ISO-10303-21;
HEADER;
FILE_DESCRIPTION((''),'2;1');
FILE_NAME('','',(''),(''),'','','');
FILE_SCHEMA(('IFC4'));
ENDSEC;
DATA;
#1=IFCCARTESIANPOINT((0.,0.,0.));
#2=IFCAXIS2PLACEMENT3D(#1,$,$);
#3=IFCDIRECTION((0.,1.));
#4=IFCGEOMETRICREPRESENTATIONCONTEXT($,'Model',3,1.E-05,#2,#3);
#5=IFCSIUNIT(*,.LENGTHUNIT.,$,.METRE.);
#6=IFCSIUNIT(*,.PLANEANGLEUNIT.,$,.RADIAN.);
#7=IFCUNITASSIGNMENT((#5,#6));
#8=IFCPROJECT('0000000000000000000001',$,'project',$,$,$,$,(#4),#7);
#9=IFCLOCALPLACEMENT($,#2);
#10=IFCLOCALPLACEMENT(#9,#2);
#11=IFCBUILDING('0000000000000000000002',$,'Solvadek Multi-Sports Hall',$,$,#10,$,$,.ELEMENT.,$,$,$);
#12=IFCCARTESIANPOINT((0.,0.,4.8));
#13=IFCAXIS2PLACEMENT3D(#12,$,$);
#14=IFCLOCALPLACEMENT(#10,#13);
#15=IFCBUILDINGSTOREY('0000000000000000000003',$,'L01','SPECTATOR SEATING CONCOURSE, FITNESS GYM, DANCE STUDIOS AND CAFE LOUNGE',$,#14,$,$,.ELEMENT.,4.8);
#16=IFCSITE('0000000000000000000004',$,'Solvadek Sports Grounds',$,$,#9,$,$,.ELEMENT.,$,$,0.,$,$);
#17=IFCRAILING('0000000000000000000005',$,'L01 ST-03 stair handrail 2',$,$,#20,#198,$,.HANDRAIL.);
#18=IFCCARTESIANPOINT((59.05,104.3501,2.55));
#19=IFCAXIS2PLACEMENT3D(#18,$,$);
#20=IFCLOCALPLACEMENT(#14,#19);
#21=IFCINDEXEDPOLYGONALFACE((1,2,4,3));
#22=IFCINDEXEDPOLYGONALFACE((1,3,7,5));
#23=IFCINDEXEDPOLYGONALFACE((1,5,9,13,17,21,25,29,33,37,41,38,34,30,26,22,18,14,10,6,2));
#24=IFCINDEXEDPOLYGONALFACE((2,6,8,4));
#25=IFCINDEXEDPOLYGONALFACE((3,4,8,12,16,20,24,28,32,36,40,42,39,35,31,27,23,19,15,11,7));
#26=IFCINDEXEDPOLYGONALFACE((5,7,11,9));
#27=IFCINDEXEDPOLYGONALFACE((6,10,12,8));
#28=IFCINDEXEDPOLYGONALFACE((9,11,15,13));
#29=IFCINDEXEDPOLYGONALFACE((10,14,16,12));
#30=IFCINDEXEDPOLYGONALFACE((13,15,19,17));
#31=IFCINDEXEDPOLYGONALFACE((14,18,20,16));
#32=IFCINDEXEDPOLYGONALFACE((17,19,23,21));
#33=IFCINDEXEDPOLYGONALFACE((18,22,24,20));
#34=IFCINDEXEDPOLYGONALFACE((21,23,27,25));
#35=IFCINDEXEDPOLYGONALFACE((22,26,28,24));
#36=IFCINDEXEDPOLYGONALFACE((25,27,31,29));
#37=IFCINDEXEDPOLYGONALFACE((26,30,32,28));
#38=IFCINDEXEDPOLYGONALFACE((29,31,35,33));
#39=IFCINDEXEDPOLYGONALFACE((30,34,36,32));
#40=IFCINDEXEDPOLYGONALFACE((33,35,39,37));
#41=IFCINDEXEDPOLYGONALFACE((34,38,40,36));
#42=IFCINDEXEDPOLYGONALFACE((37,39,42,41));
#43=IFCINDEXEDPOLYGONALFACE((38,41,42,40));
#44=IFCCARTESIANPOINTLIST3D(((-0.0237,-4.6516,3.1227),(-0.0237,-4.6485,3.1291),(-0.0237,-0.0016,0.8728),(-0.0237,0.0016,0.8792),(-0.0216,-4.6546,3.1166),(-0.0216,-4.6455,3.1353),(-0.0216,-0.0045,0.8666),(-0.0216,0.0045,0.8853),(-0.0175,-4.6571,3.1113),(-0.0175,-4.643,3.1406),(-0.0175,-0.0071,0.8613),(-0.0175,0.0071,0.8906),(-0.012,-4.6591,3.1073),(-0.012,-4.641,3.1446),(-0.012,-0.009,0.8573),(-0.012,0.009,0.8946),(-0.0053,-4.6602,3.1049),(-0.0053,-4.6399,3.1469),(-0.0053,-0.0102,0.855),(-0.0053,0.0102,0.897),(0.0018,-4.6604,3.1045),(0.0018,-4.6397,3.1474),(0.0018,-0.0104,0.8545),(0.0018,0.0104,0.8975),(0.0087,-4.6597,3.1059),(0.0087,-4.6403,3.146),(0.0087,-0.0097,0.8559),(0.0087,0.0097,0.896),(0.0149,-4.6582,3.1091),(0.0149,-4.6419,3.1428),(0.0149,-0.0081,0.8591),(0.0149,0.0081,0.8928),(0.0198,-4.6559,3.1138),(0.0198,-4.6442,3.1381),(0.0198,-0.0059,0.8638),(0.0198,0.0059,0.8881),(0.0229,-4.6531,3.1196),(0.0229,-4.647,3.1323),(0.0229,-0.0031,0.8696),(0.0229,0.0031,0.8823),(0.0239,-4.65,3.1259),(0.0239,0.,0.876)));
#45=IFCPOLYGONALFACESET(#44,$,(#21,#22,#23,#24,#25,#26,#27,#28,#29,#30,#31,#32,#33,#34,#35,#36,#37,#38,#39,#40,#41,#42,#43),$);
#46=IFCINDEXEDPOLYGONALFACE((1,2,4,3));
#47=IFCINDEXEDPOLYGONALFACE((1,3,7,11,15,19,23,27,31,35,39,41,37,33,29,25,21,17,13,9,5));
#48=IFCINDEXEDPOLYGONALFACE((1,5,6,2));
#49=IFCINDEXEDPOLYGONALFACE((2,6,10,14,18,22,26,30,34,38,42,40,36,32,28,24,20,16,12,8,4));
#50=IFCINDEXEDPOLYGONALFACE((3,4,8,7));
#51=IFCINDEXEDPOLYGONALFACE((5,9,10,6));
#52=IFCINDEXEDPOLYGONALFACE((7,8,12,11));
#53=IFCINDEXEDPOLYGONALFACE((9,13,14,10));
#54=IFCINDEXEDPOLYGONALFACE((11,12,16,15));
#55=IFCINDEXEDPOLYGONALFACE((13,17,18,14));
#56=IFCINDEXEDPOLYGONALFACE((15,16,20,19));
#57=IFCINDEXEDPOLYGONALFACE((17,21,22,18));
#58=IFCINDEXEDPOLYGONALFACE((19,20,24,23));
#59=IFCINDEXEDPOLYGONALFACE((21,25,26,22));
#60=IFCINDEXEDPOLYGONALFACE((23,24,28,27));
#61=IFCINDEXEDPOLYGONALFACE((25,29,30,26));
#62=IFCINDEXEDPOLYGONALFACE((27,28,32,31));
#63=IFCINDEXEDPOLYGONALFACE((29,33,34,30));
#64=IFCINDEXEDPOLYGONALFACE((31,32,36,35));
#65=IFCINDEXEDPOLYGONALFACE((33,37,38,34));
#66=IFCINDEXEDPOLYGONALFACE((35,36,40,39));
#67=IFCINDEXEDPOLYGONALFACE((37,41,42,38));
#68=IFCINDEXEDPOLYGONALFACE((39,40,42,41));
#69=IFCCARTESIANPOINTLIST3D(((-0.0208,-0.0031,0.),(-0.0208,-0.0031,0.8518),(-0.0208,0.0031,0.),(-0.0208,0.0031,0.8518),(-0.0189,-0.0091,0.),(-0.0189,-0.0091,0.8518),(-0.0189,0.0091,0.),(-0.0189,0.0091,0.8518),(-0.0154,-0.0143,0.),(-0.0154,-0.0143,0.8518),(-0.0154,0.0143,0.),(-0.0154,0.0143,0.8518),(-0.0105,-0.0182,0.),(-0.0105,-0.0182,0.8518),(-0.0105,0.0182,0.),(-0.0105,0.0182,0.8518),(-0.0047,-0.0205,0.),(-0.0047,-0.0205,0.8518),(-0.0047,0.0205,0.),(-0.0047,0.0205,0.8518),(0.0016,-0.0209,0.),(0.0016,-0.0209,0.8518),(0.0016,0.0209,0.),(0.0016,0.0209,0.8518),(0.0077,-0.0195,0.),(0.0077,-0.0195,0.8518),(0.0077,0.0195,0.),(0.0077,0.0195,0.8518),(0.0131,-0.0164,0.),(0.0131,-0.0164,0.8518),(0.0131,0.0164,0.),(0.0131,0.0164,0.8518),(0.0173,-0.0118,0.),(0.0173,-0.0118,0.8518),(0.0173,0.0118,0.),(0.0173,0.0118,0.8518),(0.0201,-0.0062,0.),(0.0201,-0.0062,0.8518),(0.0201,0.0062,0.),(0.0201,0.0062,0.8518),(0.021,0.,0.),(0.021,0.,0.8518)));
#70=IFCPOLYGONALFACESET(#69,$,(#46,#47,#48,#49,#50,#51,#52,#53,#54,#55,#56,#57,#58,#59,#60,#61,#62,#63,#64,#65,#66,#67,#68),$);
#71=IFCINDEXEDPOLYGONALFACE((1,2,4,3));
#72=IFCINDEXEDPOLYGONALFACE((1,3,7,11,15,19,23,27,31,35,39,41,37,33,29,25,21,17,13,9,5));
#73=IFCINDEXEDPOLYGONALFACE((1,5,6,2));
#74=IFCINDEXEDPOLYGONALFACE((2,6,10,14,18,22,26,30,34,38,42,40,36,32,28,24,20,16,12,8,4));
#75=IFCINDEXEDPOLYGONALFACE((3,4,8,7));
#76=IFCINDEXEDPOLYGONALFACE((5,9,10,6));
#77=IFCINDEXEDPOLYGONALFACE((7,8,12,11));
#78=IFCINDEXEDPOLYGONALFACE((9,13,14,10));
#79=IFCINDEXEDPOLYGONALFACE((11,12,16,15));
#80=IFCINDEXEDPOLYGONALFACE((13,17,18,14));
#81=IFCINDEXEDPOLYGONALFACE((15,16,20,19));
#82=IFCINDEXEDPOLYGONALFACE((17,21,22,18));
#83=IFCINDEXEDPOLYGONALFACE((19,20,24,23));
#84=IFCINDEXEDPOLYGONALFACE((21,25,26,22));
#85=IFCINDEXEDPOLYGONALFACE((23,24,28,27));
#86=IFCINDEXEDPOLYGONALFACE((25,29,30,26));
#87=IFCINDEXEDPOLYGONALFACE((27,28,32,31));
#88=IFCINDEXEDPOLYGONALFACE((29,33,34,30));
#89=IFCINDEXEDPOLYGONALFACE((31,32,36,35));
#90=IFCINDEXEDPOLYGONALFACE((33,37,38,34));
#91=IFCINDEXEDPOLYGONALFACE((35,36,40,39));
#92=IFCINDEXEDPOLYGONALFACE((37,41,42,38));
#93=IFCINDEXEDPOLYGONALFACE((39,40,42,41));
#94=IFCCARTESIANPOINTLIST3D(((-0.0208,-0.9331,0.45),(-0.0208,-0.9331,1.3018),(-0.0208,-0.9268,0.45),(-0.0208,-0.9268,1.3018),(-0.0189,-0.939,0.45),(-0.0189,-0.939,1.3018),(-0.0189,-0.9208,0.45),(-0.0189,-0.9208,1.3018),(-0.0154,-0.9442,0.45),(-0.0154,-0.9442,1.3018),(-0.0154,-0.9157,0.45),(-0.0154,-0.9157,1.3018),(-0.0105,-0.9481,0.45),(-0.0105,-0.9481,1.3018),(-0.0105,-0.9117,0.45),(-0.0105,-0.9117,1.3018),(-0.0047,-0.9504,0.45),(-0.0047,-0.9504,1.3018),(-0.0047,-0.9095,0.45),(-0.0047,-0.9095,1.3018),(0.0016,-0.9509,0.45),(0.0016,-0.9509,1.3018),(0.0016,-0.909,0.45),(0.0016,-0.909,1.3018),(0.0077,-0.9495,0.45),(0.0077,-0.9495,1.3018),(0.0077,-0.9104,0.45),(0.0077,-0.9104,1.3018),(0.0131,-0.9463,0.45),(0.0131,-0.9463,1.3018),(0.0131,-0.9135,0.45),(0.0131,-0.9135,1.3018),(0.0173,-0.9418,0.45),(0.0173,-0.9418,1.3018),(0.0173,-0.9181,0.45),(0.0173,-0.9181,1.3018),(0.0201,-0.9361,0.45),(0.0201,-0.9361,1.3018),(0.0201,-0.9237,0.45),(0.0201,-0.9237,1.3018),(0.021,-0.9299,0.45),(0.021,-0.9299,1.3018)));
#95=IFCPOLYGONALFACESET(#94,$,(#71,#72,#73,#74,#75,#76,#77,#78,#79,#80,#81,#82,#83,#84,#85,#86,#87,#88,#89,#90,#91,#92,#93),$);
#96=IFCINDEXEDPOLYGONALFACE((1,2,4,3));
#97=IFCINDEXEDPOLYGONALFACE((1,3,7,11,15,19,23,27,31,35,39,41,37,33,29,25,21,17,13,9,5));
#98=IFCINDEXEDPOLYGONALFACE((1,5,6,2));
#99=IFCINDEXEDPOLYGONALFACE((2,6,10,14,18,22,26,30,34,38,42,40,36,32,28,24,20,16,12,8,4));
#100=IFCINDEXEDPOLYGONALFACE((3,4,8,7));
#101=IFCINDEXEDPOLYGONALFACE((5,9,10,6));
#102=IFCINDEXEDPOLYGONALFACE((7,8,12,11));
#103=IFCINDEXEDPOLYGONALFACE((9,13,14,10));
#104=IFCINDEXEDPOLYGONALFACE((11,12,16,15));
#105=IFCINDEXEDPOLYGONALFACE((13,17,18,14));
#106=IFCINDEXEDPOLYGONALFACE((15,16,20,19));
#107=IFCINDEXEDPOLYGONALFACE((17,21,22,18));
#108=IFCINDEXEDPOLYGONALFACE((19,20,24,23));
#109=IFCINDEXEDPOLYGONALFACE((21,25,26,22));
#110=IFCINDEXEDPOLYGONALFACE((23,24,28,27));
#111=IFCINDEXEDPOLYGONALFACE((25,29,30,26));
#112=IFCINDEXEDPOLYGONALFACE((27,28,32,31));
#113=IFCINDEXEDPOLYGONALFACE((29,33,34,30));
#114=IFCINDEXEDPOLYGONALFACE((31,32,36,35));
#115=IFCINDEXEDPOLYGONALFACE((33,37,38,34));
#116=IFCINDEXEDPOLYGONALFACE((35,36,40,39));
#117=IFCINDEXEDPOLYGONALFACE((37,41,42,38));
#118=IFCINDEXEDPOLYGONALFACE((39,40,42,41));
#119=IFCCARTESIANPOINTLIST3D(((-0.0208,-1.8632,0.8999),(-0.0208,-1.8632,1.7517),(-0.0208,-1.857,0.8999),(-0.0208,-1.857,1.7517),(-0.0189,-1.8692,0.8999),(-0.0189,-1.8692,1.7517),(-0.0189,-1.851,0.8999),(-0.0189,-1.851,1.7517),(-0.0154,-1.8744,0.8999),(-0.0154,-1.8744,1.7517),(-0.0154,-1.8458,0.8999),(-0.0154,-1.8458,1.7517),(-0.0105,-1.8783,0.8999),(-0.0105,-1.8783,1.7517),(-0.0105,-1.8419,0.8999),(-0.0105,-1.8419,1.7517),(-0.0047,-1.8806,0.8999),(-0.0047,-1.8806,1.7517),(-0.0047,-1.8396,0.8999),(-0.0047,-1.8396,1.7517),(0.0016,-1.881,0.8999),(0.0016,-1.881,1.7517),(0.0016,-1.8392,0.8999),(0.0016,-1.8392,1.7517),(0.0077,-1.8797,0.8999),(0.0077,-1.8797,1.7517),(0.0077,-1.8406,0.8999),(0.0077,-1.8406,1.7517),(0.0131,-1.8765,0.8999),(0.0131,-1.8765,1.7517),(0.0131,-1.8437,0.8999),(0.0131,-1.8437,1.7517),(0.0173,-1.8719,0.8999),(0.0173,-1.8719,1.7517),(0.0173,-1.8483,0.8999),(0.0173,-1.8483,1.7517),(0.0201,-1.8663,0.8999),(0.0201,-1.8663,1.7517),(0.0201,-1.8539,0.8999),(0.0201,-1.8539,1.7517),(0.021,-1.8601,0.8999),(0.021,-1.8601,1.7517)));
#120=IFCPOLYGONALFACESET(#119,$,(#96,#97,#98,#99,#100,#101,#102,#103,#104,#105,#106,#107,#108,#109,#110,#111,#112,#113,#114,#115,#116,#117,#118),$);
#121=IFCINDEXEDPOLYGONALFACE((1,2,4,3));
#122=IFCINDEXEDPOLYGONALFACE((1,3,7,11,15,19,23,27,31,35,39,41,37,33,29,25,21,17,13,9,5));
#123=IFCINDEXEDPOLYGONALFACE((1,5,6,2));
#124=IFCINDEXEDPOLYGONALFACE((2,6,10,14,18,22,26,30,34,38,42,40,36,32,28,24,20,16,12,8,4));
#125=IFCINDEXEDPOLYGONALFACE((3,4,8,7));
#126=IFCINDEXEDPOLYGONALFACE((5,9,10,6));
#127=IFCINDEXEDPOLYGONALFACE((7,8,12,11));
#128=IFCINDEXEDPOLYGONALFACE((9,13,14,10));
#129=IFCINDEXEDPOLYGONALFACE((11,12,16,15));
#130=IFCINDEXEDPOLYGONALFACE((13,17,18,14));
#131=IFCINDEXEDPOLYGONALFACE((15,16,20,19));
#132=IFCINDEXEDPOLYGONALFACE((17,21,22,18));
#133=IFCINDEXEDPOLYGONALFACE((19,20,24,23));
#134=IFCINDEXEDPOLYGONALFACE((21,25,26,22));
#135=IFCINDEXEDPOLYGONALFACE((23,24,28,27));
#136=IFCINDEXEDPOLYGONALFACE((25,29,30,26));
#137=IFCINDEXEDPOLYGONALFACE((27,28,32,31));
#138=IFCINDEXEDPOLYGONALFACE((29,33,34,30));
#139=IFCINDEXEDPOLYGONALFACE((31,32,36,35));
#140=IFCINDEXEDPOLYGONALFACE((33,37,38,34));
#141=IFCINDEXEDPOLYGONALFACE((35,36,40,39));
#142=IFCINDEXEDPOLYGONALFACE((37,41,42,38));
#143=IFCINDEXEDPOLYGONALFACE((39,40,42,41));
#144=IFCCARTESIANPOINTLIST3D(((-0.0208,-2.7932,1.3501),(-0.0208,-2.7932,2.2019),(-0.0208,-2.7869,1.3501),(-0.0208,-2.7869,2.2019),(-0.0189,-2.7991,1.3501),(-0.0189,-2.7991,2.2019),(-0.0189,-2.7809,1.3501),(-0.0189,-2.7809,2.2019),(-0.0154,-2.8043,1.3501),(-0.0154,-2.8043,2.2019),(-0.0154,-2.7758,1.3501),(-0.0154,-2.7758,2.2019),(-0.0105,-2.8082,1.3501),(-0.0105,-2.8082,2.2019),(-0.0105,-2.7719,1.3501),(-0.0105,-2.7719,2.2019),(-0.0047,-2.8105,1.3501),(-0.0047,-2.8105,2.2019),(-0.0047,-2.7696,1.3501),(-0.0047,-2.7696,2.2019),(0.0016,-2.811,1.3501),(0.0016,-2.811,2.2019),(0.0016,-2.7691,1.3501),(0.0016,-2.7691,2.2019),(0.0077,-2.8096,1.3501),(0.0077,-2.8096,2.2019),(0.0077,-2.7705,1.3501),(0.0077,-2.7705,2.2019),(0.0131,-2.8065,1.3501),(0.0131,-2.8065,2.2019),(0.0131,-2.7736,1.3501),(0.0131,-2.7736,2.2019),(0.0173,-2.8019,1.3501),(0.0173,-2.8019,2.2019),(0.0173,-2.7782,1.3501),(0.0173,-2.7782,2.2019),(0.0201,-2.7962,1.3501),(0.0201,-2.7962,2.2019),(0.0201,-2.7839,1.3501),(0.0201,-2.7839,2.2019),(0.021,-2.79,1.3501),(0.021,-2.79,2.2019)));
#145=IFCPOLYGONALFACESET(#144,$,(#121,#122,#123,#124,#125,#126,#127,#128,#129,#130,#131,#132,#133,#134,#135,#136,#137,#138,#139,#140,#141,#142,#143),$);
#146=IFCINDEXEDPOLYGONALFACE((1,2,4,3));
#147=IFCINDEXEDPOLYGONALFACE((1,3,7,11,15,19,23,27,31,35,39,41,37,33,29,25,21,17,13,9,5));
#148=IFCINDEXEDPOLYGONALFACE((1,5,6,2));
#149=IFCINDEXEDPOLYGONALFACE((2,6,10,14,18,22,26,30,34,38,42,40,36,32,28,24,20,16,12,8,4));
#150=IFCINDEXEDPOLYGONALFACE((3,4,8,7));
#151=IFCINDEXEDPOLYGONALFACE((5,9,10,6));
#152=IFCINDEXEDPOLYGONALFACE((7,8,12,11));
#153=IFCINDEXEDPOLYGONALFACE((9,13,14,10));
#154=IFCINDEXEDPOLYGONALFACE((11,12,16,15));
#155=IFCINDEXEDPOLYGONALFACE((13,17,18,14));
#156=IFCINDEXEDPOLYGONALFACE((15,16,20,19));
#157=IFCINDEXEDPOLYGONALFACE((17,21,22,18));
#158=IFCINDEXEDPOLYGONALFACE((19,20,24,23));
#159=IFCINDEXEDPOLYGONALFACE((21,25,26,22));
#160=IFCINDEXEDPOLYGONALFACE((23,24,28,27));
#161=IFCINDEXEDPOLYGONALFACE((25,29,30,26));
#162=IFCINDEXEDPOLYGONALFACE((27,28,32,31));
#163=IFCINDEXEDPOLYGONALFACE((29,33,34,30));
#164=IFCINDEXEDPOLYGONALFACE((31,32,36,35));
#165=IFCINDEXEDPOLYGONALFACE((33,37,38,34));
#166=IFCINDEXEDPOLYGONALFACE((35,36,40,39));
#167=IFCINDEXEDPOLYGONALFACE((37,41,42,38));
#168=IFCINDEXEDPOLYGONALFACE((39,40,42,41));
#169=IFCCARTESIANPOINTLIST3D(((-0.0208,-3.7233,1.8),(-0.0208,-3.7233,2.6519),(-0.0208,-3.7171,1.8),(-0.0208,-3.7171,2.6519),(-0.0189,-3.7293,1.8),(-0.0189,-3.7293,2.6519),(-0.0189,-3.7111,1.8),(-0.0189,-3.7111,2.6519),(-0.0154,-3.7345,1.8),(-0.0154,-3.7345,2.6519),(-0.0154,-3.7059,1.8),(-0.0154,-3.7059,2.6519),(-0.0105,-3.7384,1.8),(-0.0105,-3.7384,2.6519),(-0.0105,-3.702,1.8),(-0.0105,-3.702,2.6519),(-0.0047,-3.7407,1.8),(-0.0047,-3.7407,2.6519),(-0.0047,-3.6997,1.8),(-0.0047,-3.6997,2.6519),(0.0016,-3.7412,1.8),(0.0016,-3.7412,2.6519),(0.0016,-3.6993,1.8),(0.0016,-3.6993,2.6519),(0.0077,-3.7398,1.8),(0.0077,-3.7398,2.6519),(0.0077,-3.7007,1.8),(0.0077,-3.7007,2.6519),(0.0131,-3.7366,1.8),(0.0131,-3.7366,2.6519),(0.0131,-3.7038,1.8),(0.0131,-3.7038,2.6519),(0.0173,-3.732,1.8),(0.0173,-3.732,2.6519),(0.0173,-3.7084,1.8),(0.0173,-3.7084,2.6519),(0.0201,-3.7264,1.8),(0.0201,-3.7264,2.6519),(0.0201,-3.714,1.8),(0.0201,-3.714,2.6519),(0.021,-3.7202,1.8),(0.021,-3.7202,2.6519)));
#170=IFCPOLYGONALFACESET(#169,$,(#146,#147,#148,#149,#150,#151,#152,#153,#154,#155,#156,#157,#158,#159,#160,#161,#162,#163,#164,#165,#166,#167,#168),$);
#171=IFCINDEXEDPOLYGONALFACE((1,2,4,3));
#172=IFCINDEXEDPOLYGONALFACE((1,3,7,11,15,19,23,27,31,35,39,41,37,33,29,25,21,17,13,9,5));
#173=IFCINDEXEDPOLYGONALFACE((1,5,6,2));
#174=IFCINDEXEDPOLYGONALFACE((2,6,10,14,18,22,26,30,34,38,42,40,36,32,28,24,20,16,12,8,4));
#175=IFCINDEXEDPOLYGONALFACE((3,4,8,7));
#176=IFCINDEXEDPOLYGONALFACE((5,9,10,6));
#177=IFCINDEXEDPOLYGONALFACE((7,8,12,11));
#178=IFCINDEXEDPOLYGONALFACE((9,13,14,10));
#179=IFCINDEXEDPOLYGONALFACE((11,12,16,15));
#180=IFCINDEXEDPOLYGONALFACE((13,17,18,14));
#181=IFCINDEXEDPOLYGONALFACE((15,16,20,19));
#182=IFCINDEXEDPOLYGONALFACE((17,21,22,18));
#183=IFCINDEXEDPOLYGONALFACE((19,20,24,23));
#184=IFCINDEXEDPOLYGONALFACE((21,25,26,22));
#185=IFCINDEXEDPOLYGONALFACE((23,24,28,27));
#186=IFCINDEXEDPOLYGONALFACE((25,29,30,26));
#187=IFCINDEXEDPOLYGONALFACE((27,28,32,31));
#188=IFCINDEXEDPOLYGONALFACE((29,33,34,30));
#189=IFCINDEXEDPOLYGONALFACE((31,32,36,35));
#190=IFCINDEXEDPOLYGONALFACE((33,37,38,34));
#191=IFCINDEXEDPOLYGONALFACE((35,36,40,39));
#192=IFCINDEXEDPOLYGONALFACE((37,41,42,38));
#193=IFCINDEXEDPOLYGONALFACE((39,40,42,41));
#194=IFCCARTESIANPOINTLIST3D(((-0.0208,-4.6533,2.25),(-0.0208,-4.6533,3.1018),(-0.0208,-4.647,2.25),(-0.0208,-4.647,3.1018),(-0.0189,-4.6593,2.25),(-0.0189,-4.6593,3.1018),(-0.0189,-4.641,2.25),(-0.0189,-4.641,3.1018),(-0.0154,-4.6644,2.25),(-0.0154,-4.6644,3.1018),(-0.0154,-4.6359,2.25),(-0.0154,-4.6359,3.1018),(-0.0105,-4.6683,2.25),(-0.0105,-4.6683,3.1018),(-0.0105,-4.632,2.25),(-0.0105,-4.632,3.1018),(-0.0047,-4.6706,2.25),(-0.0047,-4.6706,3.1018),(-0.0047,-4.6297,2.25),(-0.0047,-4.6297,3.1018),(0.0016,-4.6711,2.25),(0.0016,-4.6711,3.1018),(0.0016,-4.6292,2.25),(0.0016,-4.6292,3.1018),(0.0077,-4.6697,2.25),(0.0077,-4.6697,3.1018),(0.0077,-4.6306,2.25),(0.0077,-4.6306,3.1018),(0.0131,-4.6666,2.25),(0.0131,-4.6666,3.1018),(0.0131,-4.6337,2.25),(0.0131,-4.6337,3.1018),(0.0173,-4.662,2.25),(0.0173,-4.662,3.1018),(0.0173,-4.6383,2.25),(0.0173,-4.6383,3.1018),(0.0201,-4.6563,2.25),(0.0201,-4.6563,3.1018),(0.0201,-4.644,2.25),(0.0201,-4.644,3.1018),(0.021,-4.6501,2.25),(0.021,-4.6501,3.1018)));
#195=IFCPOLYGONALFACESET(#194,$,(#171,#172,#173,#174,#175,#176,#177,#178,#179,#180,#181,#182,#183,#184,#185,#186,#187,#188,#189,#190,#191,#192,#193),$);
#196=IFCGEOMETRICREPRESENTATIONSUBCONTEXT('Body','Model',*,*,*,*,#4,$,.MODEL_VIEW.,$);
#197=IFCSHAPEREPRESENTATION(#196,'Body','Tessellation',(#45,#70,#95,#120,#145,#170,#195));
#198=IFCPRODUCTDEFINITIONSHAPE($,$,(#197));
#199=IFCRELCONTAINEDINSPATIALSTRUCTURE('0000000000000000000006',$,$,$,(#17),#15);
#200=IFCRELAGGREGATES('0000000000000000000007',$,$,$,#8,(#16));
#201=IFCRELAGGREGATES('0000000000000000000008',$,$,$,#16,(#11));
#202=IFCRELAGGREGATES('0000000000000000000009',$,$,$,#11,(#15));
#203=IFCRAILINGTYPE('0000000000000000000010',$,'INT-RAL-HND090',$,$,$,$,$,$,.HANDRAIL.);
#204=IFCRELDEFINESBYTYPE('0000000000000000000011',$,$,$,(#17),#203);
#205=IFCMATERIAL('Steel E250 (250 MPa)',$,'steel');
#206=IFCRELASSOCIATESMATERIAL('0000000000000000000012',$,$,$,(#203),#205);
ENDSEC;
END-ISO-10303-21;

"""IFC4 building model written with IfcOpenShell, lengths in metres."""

from ifc_helpers import new_model, si_unit, direction, frame, origin, origin_2d, place, context, subcontext, project, spatial, circle, extrude, material, type_object, element, save


model = new_model("IFC4")

# Units and contexts
model_context = context("Model", 3, precision=1e-05, world=origin(), true_north=direction((0.0, 1.0)))
body_context = subcontext(model_context, "Body", "Model", "MODEL_VIEW")
ifc_project = project(units=[si_unit("LENGTHUNIT", "METRE"), si_unit("PLANEANGLEUNIT", "RADIAN")], contexts=[model_context])

# Site, building, storey
site_placement = place(None, origin())
site = spatial("IfcSite", under=ifc_project, at=site_placement, Name="Solvadek Sports Grounds", CompositionType="ELEMENT", RefElevation=0.0)
building_placement = place(site_placement, origin())
building = spatial("IfcBuilding", under=site, at=building_placement, Name="Solvadek Multi-Sports Hall", CompositionType="ELEMENT")
storey_placement = place(building_placement, frame((0.0, 0.0, 4.8)))
storey = spatial("IfcBuildingStorey", under=building, at=storey_placement, Name="L01", Description="SPECTATOR SEATING CONCOURSE, FITNESS GYM, DANCE STUDIOS AND CAFE LOUNGE", CompositionType="ELEMENT", Elevation=4.8)

# Shared definitions
ifc_material_1 = material(Name="Steel E250 (250 MPa)", Category="steel")

# Railing
railing_type_1 = type_object("IfcRailingType", Name="INT-RAL-HND090", PredefinedType="HANDRAIL", material=ifc_material_1)
railing_1_placement = place(storey_placement, frame((59.05, 104.3501, 2.55)))
element("IfcRailing", 1, at=railing_1_placement, inside=storey, type_object=railing_type_1, Name="L01 ST-03 stair handrail 2", PredefinedType="HANDRAIL", context=body_context, shape_type="SweptSolid", body=[
    extrude(circle(Radius=0.0239, at=origin_2d()), frame((0.0, 0.0, 0.876), z_axis=(0.0, -0.900165, 0.43555), x_axis=(1.0, 0.0, 0.0)), (0.0, 0.0, 1.0), 5.1658),
    extrude(circle(Radius=0.021, at=origin_2d()), origin(), (0.0, 0.0, 1.0), 0.8518),
    extrude(circle(Radius=0.021, at=origin_2d()), frame((0.0, -0.9299, 0.45)), (0.0, 0.0, 1.0), 0.8518),
    extrude(circle(Radius=0.021, at=origin_2d()), frame((0.0, -1.8601, 0.8999)), (0.0, 0.0, 1.0), 0.8518),
    extrude(circle(Radius=0.021, at=origin_2d()), frame((0.0, -2.79, 1.3501)), (0.0, 0.0, 1.0), 0.8518),
    extrude(circle(Radius=0.021, at=origin_2d()), frame((0.0, -3.7202, 1.8)), (0.0, 0.0, 1.0), 0.8518),
    extrude(circle(Radius=0.021, at=origin_2d()), frame((0.0, -4.6501, 2.25)), (0.0, 0.0, 1.0), 0.8518),
])

save(model, "model.ifc")
